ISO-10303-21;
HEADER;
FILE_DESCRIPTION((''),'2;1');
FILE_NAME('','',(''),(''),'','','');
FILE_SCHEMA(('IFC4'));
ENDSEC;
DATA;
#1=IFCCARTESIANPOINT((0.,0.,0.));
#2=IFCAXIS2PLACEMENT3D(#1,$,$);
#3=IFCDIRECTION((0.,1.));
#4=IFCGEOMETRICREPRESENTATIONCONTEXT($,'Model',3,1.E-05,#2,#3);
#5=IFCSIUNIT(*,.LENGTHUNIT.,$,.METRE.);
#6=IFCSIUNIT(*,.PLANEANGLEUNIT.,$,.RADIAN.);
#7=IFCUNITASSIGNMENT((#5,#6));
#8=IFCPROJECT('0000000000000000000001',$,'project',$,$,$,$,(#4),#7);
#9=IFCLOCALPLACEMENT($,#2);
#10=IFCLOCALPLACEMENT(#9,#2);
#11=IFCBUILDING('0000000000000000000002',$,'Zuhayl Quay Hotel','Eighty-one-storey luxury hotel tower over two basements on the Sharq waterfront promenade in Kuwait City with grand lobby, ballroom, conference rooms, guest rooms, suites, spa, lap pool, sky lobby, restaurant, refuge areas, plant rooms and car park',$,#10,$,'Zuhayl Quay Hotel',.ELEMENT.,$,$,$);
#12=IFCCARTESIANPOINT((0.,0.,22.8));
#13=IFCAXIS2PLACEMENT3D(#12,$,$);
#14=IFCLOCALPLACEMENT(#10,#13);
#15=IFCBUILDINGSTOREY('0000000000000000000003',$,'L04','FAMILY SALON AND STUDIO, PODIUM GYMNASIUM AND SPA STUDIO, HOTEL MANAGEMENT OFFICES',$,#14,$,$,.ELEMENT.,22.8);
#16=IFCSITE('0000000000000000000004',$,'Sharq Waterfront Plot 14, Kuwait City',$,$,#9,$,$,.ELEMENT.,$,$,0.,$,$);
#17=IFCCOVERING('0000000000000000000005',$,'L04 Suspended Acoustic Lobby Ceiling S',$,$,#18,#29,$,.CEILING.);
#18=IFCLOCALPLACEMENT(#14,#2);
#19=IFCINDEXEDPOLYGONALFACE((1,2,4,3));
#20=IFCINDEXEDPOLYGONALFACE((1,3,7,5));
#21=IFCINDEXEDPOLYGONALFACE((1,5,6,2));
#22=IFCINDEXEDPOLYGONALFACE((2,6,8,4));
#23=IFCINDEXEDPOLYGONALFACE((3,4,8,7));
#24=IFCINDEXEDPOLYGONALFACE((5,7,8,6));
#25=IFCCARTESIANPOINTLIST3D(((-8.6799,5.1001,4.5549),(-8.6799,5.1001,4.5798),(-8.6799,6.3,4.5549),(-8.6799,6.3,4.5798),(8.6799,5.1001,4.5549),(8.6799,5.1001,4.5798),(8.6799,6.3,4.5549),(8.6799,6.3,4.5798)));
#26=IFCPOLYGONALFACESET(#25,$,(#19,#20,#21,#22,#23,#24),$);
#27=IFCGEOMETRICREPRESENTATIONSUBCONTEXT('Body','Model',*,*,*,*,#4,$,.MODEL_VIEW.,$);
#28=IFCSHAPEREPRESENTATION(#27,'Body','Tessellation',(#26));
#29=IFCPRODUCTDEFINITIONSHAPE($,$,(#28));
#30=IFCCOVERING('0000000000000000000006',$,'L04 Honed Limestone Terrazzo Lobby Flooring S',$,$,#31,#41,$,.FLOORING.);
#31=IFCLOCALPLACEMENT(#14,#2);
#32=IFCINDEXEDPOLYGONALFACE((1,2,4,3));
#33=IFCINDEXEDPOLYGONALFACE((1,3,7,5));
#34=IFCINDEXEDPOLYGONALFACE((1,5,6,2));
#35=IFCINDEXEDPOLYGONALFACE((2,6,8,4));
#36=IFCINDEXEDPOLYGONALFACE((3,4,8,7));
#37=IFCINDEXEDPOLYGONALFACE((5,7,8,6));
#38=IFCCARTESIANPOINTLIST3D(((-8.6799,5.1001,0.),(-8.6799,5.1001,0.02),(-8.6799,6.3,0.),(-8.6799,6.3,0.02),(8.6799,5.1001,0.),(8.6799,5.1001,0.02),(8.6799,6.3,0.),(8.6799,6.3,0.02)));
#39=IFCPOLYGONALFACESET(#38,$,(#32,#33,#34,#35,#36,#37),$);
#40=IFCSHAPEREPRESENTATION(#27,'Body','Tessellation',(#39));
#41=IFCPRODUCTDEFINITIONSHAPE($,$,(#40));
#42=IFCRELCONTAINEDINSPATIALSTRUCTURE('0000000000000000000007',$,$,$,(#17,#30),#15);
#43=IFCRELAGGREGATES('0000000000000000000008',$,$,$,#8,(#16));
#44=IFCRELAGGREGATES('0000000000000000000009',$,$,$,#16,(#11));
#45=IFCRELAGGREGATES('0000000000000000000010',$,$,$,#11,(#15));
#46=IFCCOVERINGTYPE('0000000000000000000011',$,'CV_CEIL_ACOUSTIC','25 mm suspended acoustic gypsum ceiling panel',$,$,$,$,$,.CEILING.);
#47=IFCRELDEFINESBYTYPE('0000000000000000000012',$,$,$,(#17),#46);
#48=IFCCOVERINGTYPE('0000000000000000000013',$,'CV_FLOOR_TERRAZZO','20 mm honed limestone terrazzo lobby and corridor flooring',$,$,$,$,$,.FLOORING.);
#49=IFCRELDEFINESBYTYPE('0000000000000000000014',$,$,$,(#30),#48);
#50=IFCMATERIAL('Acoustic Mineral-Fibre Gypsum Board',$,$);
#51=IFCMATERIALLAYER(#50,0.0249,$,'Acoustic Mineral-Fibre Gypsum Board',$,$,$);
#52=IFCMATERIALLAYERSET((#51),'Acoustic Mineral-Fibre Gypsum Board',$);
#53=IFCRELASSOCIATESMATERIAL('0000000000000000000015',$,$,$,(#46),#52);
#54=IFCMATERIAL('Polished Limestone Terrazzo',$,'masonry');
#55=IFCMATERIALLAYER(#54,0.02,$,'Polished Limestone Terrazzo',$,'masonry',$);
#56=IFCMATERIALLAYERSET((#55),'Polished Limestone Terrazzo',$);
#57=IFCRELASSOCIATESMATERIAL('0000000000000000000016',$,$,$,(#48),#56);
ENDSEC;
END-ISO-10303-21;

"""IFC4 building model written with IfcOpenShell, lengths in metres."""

from ifc_helpers import new_model, si_unit, direction, frame, origin, place, context, subcontext, project, spatial, polyline, outline, extrude, material, layer, layer_set, type_object, element, save


model = new_model("IFC4")

# Units and contexts
model_context = context("Model", 3, precision=1e-05, world=origin(), true_north=direction((0.0, 1.0)))
body_context = subcontext(model_context, "Body", "Model", "MODEL_VIEW")
ifc_project = project(units=[si_unit("LENGTHUNIT", "METRE"), si_unit("PLANEANGLEUNIT", "RADIAN")], contexts=[model_context])

# Site, building, storey
site_placement = place(None, origin())
site = spatial("IfcSite", under=ifc_project, at=site_placement, Name="Sharq Waterfront Plot 14, Kuwait City", CompositionType="ELEMENT", RefElevation=0.0)
building_placement = place(site_placement, origin())
building = spatial("IfcBuilding", under=site, at=building_placement, Name="Zuhayl Quay Hotel", Description="Eighty-one-storey luxury hotel tower over two basements on the Sharq waterfront promenade in Kuwait City with grand lobby, ballroom, conference rooms, guest rooms, suites, spa, lap pool, sky lobby, restaurant, refuge areas, plant rooms and car park", LongName="Zuhayl Quay Hotel", CompositionType="ELEMENT")
storey_placement = place(building_placement, frame((0.0, 0.0, 22.8)))
storey = spatial("IfcBuildingStorey", under=building, at=storey_placement, Name="L04", Description="FAMILY SALON AND STUDIO, PODIUM GYMNASIUM AND SPA STUDIO, HOTEL MANAGEMENT OFFICES", CompositionType="ELEMENT", Elevation=22.8)

# Coverings
ifc_material_1 = material(Name="Acoustic Mineral-Fibre Gypsum Board")
ifc_layer_1 = layer(ifc_material_1, 0.0249, Name="Acoustic Mineral-Fibre Gypsum Board")
ifc_layer_set_1 = layer_set([ifc_layer_1], Name="Acoustic Mineral-Fibre Gypsum Board")
covering_type_1 = type_object("IfcCoveringType", Name="CV_CEIL_ACOUSTIC", Description="25 mm suspended acoustic gypsum ceiling panel", PredefinedType="CEILING", material=ifc_layer_set_1)
covering_1_placement = place(storey_placement, frame((0.0, 0.0, 4.5549)))
element("IfcCovering", 1, at=covering_1_placement, inside=storey, type_object=covering_type_1, Name="L04 Suspended Acoustic Lobby Ceiling S", PredefinedType="CEILING", context=body_context, shape_type="SweptSolid", body=[
    extrude(outline(polyline([(-8.6799, 5.1001), (8.6799, 5.1001), (8.6799, 6.3), (-8.6799, 6.3), (-8.6799, 5.1001)])), origin(), (0.0, 0.0, 1.0), 0.0249),
])
ifc_material_2 = material(Name="Polished Limestone Terrazzo", Category="masonry")
ifc_layer_2 = layer(ifc_material_2, 0.02, Name="Polished Limestone Terrazzo", Category="masonry")
ifc_layer_set_2 = layer_set([ifc_layer_2], Name="Polished Limestone Terrazzo")
covering_type_2 = type_object("IfcCoveringType", Name="CV_FLOOR_TERRAZZO", Description="20 mm honed limestone terrazzo lobby and corridor flooring", PredefinedType="FLOORING", material=ifc_layer_set_2)
covering_2_placement = place(storey_placement, origin())
element("IfcCovering", 2, at=covering_2_placement, inside=storey, type_object=covering_type_2, Name="L04 Honed Limestone Terrazzo Lobby Flooring S", PredefinedType="FLOORING", context=body_context, shape_type="SweptSolid", body=[
    extrude(outline(polyline([(-8.6799, 5.1001), (8.6799, 5.1001), (8.6799, 6.3), (-8.6799, 6.3), (-8.6799, 5.1001)])), origin(), (0.0, 0.0, 1.0), 0.02),
])

save(model, "model.ifc")
